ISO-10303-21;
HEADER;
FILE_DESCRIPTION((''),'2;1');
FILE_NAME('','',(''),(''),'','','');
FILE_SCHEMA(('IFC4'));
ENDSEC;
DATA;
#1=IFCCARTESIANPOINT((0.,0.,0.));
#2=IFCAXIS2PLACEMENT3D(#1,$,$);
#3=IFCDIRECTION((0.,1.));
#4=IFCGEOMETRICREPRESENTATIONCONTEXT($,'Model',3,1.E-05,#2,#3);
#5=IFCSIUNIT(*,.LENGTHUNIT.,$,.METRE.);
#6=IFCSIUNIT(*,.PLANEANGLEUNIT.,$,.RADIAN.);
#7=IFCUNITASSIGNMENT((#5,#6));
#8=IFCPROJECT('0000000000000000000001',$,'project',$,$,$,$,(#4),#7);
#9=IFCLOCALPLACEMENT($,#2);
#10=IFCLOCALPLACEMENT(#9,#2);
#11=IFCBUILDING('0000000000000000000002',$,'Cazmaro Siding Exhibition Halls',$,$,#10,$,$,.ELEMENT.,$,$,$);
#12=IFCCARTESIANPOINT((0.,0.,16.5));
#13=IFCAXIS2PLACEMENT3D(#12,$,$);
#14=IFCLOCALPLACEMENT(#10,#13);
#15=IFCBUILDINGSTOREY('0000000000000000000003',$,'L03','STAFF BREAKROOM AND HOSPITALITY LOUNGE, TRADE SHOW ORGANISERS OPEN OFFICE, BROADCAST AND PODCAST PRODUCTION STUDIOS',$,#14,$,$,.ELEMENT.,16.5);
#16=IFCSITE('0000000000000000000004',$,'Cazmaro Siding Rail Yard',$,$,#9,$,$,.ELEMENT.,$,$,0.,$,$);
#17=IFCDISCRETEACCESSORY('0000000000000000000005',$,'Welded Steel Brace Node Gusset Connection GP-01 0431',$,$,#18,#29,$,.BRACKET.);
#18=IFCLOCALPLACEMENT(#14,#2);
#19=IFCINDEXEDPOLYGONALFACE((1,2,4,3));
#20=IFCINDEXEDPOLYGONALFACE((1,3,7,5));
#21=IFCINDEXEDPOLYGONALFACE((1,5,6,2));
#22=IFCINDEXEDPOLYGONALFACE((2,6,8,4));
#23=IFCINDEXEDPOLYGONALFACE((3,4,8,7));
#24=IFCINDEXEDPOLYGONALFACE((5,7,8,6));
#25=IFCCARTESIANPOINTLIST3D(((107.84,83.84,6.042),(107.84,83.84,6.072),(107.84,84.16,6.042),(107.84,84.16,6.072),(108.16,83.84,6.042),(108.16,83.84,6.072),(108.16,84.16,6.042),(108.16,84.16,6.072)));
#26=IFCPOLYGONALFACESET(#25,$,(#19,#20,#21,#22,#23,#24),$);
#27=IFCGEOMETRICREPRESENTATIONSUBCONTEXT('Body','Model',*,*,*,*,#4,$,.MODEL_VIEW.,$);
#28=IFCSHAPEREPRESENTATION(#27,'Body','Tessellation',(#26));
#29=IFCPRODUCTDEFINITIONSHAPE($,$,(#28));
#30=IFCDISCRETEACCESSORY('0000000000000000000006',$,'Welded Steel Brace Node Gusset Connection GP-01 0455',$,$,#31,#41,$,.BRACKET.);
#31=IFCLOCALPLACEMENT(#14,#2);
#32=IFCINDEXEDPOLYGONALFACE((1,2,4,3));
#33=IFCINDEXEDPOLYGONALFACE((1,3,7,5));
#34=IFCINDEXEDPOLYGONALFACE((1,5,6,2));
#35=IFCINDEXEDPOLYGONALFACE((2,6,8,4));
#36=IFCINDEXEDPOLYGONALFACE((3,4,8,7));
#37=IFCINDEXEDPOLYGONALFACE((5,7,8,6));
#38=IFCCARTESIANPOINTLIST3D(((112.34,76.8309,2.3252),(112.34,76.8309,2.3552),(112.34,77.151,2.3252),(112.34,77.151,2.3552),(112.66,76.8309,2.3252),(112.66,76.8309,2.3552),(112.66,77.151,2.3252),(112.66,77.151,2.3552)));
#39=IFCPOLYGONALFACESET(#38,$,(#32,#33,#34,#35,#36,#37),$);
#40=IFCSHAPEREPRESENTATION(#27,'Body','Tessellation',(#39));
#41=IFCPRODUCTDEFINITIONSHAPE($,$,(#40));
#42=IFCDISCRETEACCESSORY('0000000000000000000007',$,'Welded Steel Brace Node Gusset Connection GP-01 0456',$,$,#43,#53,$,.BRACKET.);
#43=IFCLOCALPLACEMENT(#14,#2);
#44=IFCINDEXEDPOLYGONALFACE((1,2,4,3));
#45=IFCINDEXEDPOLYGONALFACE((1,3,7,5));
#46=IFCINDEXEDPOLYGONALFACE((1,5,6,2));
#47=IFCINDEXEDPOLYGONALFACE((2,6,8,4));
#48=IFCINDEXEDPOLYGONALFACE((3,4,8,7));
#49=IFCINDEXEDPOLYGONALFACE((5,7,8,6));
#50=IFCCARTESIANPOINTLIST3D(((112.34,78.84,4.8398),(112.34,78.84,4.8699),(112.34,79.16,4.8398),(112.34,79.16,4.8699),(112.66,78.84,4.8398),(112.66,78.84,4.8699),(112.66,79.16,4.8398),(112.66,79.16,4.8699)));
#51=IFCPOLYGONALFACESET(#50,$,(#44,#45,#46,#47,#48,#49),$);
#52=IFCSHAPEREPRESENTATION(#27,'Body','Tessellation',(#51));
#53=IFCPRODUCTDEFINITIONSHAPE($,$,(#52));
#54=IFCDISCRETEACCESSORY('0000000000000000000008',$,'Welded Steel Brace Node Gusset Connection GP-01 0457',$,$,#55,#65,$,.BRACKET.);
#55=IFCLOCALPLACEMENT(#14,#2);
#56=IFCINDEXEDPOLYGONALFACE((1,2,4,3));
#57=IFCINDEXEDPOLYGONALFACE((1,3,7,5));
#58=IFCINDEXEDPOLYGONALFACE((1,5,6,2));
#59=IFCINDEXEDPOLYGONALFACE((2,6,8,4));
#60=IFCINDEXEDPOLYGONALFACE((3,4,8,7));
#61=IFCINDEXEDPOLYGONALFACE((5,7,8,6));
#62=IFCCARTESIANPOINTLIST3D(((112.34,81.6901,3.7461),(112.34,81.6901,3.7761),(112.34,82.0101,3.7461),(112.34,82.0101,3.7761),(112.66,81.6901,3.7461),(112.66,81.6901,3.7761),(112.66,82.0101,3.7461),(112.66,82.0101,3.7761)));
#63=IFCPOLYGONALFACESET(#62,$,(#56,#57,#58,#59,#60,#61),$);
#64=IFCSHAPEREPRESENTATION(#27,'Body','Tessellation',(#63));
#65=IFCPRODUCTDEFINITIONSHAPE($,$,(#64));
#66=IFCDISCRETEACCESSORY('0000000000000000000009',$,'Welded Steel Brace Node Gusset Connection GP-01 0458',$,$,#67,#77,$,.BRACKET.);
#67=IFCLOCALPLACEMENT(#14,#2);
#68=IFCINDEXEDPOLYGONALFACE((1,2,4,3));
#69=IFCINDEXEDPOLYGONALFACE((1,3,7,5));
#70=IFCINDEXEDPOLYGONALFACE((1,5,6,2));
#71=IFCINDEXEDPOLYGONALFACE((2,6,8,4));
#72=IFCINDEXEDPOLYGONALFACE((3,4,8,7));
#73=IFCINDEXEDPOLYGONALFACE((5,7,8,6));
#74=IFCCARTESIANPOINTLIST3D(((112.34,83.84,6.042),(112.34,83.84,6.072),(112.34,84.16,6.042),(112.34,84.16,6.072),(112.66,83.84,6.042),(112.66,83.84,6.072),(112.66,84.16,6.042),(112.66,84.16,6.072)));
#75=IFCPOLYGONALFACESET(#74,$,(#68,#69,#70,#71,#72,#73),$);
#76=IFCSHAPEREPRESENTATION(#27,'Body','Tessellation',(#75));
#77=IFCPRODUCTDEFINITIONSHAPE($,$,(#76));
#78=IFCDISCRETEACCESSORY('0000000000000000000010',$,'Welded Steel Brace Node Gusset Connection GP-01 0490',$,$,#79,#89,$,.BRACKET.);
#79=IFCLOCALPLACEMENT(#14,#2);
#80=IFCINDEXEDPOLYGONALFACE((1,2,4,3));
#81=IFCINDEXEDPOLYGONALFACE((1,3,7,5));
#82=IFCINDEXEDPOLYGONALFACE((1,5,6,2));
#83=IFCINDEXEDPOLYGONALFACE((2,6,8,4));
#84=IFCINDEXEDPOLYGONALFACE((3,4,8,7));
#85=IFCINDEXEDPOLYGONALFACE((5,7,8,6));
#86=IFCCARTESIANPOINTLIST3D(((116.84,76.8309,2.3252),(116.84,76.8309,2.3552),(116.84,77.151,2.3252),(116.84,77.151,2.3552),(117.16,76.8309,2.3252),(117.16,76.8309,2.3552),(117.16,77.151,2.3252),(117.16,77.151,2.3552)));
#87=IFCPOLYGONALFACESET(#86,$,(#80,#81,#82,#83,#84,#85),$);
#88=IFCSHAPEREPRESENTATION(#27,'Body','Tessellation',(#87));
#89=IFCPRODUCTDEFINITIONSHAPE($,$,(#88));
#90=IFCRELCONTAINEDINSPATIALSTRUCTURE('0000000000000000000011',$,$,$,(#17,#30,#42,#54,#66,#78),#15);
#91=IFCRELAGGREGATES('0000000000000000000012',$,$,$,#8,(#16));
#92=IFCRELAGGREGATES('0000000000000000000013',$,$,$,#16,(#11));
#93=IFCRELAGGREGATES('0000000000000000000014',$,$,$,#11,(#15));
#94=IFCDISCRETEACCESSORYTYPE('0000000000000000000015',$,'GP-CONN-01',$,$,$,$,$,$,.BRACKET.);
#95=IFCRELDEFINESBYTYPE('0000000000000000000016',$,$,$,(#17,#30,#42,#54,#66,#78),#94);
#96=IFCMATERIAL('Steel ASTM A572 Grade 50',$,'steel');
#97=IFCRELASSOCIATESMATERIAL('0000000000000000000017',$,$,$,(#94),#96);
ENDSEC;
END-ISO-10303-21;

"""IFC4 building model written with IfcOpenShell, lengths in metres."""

from ifc_helpers import new_model, si_unit, direction, frame, origin, origin_2d, place, context, subcontext, project, spatial, rectangle, extrude, material, type_object, element, save


model = new_model("IFC4")

# Units and contexts
model_context = context("Model", 3, precision=1e-05, world=origin(), true_north=direction((0.0, 1.0)))
body_context = subcontext(model_context, "Body", "Model", "MODEL_VIEW")
ifc_project = project(units=[si_unit("LENGTHUNIT", "METRE"), si_unit("PLANEANGLEUNIT", "RADIAN")], contexts=[model_context])

# Site, building, storey
site_placement = place(None, origin())
site = spatial("IfcSite", under=ifc_project, at=site_placement, Name="Cazmaro Siding Rail Yard", CompositionType="ELEMENT", RefElevation=0.0)
building_placement = place(site_placement, origin())
building = spatial("IfcBuilding", under=site, at=building_placement, Name="Cazmaro Siding Exhibition Halls", CompositionType="ELEMENT")
storey_placement = place(building_placement, frame((0.0, 0.0, 16.5)))
storey = spatial("IfcBuildingStorey", under=building, at=storey_placement, Name="L03", Description="STAFF BREAKROOM AND HOSPITALITY LOUNGE, TRADE SHOW ORGANISERS OPEN OFFICE, BROADCAST AND PODCAST PRODUCTION STUDIOS", CompositionType="ELEMENT", Elevation=16.5)

# Discrete accessories
ifc_material_1 = material(Name="Steel ASTM A572 Grade 50", Category="steel")
discrete_accessory_type = type_object("IfcDiscreteAccessoryType", Name="GP-CONN-01", PredefinedType="BRACKET", material=ifc_material_1)
for number, where, z_axis, x_axis, name in (
    (1, (108.0, 84.0, 6.042), (0.0, 0.0, 1.0), (1.0, 0.0, 0.0), "Welded Steel Brace Node Gusset Connection GP-01 0431"),
    (2, (112.5, 76.991, 2.3252), (0.0, 0.0, 1.0), (1.0, 0.0, 0.0), "Welded Steel Brace Node Gusset Connection GP-01 0455"),
    (3, (112.5, 79.0, 4.8398), (0.0, 0.0, 1.0), (1.0, 0.0, 0.0), "Welded Steel Brace Node Gusset Connection GP-01 0456"),
    (4, (112.5, 81.8501, 3.7461), (0.0, 0.0, 1.0), (1.0, 0.0, 0.0), "Welded Steel Brace Node Gusset Connection GP-01 0457"),
    (5, (112.5, 84.0, 6.042), (0.0, 0.0, 1.0), (1.0, 0.0, 0.0), "Welded Steel Brace Node Gusset Connection GP-01 0458"),
    (6, (117.0, 76.991, 2.3252), (0.0, 0.0, 1.0), (1.0, 0.0, 0.0), "Welded Steel Brace Node Gusset Connection GP-01 0490"),
):
    element("IfcDiscreteAccessory", number, at=place(storey_placement, frame(where, z_axis=z_axis, x_axis=x_axis)), inside=storey, type_object=discrete_accessory_type, Name=name, PredefinedType="BRACKET", context=body_context, shape_type="SweptSolid", body=[
        extrude(rectangle(XDim=0.3201, YDim=0.3201, at=origin_2d()), origin(), (0.0, 0.0, 1.0), 0.03),
    ])

save(model, "model.ifc")
